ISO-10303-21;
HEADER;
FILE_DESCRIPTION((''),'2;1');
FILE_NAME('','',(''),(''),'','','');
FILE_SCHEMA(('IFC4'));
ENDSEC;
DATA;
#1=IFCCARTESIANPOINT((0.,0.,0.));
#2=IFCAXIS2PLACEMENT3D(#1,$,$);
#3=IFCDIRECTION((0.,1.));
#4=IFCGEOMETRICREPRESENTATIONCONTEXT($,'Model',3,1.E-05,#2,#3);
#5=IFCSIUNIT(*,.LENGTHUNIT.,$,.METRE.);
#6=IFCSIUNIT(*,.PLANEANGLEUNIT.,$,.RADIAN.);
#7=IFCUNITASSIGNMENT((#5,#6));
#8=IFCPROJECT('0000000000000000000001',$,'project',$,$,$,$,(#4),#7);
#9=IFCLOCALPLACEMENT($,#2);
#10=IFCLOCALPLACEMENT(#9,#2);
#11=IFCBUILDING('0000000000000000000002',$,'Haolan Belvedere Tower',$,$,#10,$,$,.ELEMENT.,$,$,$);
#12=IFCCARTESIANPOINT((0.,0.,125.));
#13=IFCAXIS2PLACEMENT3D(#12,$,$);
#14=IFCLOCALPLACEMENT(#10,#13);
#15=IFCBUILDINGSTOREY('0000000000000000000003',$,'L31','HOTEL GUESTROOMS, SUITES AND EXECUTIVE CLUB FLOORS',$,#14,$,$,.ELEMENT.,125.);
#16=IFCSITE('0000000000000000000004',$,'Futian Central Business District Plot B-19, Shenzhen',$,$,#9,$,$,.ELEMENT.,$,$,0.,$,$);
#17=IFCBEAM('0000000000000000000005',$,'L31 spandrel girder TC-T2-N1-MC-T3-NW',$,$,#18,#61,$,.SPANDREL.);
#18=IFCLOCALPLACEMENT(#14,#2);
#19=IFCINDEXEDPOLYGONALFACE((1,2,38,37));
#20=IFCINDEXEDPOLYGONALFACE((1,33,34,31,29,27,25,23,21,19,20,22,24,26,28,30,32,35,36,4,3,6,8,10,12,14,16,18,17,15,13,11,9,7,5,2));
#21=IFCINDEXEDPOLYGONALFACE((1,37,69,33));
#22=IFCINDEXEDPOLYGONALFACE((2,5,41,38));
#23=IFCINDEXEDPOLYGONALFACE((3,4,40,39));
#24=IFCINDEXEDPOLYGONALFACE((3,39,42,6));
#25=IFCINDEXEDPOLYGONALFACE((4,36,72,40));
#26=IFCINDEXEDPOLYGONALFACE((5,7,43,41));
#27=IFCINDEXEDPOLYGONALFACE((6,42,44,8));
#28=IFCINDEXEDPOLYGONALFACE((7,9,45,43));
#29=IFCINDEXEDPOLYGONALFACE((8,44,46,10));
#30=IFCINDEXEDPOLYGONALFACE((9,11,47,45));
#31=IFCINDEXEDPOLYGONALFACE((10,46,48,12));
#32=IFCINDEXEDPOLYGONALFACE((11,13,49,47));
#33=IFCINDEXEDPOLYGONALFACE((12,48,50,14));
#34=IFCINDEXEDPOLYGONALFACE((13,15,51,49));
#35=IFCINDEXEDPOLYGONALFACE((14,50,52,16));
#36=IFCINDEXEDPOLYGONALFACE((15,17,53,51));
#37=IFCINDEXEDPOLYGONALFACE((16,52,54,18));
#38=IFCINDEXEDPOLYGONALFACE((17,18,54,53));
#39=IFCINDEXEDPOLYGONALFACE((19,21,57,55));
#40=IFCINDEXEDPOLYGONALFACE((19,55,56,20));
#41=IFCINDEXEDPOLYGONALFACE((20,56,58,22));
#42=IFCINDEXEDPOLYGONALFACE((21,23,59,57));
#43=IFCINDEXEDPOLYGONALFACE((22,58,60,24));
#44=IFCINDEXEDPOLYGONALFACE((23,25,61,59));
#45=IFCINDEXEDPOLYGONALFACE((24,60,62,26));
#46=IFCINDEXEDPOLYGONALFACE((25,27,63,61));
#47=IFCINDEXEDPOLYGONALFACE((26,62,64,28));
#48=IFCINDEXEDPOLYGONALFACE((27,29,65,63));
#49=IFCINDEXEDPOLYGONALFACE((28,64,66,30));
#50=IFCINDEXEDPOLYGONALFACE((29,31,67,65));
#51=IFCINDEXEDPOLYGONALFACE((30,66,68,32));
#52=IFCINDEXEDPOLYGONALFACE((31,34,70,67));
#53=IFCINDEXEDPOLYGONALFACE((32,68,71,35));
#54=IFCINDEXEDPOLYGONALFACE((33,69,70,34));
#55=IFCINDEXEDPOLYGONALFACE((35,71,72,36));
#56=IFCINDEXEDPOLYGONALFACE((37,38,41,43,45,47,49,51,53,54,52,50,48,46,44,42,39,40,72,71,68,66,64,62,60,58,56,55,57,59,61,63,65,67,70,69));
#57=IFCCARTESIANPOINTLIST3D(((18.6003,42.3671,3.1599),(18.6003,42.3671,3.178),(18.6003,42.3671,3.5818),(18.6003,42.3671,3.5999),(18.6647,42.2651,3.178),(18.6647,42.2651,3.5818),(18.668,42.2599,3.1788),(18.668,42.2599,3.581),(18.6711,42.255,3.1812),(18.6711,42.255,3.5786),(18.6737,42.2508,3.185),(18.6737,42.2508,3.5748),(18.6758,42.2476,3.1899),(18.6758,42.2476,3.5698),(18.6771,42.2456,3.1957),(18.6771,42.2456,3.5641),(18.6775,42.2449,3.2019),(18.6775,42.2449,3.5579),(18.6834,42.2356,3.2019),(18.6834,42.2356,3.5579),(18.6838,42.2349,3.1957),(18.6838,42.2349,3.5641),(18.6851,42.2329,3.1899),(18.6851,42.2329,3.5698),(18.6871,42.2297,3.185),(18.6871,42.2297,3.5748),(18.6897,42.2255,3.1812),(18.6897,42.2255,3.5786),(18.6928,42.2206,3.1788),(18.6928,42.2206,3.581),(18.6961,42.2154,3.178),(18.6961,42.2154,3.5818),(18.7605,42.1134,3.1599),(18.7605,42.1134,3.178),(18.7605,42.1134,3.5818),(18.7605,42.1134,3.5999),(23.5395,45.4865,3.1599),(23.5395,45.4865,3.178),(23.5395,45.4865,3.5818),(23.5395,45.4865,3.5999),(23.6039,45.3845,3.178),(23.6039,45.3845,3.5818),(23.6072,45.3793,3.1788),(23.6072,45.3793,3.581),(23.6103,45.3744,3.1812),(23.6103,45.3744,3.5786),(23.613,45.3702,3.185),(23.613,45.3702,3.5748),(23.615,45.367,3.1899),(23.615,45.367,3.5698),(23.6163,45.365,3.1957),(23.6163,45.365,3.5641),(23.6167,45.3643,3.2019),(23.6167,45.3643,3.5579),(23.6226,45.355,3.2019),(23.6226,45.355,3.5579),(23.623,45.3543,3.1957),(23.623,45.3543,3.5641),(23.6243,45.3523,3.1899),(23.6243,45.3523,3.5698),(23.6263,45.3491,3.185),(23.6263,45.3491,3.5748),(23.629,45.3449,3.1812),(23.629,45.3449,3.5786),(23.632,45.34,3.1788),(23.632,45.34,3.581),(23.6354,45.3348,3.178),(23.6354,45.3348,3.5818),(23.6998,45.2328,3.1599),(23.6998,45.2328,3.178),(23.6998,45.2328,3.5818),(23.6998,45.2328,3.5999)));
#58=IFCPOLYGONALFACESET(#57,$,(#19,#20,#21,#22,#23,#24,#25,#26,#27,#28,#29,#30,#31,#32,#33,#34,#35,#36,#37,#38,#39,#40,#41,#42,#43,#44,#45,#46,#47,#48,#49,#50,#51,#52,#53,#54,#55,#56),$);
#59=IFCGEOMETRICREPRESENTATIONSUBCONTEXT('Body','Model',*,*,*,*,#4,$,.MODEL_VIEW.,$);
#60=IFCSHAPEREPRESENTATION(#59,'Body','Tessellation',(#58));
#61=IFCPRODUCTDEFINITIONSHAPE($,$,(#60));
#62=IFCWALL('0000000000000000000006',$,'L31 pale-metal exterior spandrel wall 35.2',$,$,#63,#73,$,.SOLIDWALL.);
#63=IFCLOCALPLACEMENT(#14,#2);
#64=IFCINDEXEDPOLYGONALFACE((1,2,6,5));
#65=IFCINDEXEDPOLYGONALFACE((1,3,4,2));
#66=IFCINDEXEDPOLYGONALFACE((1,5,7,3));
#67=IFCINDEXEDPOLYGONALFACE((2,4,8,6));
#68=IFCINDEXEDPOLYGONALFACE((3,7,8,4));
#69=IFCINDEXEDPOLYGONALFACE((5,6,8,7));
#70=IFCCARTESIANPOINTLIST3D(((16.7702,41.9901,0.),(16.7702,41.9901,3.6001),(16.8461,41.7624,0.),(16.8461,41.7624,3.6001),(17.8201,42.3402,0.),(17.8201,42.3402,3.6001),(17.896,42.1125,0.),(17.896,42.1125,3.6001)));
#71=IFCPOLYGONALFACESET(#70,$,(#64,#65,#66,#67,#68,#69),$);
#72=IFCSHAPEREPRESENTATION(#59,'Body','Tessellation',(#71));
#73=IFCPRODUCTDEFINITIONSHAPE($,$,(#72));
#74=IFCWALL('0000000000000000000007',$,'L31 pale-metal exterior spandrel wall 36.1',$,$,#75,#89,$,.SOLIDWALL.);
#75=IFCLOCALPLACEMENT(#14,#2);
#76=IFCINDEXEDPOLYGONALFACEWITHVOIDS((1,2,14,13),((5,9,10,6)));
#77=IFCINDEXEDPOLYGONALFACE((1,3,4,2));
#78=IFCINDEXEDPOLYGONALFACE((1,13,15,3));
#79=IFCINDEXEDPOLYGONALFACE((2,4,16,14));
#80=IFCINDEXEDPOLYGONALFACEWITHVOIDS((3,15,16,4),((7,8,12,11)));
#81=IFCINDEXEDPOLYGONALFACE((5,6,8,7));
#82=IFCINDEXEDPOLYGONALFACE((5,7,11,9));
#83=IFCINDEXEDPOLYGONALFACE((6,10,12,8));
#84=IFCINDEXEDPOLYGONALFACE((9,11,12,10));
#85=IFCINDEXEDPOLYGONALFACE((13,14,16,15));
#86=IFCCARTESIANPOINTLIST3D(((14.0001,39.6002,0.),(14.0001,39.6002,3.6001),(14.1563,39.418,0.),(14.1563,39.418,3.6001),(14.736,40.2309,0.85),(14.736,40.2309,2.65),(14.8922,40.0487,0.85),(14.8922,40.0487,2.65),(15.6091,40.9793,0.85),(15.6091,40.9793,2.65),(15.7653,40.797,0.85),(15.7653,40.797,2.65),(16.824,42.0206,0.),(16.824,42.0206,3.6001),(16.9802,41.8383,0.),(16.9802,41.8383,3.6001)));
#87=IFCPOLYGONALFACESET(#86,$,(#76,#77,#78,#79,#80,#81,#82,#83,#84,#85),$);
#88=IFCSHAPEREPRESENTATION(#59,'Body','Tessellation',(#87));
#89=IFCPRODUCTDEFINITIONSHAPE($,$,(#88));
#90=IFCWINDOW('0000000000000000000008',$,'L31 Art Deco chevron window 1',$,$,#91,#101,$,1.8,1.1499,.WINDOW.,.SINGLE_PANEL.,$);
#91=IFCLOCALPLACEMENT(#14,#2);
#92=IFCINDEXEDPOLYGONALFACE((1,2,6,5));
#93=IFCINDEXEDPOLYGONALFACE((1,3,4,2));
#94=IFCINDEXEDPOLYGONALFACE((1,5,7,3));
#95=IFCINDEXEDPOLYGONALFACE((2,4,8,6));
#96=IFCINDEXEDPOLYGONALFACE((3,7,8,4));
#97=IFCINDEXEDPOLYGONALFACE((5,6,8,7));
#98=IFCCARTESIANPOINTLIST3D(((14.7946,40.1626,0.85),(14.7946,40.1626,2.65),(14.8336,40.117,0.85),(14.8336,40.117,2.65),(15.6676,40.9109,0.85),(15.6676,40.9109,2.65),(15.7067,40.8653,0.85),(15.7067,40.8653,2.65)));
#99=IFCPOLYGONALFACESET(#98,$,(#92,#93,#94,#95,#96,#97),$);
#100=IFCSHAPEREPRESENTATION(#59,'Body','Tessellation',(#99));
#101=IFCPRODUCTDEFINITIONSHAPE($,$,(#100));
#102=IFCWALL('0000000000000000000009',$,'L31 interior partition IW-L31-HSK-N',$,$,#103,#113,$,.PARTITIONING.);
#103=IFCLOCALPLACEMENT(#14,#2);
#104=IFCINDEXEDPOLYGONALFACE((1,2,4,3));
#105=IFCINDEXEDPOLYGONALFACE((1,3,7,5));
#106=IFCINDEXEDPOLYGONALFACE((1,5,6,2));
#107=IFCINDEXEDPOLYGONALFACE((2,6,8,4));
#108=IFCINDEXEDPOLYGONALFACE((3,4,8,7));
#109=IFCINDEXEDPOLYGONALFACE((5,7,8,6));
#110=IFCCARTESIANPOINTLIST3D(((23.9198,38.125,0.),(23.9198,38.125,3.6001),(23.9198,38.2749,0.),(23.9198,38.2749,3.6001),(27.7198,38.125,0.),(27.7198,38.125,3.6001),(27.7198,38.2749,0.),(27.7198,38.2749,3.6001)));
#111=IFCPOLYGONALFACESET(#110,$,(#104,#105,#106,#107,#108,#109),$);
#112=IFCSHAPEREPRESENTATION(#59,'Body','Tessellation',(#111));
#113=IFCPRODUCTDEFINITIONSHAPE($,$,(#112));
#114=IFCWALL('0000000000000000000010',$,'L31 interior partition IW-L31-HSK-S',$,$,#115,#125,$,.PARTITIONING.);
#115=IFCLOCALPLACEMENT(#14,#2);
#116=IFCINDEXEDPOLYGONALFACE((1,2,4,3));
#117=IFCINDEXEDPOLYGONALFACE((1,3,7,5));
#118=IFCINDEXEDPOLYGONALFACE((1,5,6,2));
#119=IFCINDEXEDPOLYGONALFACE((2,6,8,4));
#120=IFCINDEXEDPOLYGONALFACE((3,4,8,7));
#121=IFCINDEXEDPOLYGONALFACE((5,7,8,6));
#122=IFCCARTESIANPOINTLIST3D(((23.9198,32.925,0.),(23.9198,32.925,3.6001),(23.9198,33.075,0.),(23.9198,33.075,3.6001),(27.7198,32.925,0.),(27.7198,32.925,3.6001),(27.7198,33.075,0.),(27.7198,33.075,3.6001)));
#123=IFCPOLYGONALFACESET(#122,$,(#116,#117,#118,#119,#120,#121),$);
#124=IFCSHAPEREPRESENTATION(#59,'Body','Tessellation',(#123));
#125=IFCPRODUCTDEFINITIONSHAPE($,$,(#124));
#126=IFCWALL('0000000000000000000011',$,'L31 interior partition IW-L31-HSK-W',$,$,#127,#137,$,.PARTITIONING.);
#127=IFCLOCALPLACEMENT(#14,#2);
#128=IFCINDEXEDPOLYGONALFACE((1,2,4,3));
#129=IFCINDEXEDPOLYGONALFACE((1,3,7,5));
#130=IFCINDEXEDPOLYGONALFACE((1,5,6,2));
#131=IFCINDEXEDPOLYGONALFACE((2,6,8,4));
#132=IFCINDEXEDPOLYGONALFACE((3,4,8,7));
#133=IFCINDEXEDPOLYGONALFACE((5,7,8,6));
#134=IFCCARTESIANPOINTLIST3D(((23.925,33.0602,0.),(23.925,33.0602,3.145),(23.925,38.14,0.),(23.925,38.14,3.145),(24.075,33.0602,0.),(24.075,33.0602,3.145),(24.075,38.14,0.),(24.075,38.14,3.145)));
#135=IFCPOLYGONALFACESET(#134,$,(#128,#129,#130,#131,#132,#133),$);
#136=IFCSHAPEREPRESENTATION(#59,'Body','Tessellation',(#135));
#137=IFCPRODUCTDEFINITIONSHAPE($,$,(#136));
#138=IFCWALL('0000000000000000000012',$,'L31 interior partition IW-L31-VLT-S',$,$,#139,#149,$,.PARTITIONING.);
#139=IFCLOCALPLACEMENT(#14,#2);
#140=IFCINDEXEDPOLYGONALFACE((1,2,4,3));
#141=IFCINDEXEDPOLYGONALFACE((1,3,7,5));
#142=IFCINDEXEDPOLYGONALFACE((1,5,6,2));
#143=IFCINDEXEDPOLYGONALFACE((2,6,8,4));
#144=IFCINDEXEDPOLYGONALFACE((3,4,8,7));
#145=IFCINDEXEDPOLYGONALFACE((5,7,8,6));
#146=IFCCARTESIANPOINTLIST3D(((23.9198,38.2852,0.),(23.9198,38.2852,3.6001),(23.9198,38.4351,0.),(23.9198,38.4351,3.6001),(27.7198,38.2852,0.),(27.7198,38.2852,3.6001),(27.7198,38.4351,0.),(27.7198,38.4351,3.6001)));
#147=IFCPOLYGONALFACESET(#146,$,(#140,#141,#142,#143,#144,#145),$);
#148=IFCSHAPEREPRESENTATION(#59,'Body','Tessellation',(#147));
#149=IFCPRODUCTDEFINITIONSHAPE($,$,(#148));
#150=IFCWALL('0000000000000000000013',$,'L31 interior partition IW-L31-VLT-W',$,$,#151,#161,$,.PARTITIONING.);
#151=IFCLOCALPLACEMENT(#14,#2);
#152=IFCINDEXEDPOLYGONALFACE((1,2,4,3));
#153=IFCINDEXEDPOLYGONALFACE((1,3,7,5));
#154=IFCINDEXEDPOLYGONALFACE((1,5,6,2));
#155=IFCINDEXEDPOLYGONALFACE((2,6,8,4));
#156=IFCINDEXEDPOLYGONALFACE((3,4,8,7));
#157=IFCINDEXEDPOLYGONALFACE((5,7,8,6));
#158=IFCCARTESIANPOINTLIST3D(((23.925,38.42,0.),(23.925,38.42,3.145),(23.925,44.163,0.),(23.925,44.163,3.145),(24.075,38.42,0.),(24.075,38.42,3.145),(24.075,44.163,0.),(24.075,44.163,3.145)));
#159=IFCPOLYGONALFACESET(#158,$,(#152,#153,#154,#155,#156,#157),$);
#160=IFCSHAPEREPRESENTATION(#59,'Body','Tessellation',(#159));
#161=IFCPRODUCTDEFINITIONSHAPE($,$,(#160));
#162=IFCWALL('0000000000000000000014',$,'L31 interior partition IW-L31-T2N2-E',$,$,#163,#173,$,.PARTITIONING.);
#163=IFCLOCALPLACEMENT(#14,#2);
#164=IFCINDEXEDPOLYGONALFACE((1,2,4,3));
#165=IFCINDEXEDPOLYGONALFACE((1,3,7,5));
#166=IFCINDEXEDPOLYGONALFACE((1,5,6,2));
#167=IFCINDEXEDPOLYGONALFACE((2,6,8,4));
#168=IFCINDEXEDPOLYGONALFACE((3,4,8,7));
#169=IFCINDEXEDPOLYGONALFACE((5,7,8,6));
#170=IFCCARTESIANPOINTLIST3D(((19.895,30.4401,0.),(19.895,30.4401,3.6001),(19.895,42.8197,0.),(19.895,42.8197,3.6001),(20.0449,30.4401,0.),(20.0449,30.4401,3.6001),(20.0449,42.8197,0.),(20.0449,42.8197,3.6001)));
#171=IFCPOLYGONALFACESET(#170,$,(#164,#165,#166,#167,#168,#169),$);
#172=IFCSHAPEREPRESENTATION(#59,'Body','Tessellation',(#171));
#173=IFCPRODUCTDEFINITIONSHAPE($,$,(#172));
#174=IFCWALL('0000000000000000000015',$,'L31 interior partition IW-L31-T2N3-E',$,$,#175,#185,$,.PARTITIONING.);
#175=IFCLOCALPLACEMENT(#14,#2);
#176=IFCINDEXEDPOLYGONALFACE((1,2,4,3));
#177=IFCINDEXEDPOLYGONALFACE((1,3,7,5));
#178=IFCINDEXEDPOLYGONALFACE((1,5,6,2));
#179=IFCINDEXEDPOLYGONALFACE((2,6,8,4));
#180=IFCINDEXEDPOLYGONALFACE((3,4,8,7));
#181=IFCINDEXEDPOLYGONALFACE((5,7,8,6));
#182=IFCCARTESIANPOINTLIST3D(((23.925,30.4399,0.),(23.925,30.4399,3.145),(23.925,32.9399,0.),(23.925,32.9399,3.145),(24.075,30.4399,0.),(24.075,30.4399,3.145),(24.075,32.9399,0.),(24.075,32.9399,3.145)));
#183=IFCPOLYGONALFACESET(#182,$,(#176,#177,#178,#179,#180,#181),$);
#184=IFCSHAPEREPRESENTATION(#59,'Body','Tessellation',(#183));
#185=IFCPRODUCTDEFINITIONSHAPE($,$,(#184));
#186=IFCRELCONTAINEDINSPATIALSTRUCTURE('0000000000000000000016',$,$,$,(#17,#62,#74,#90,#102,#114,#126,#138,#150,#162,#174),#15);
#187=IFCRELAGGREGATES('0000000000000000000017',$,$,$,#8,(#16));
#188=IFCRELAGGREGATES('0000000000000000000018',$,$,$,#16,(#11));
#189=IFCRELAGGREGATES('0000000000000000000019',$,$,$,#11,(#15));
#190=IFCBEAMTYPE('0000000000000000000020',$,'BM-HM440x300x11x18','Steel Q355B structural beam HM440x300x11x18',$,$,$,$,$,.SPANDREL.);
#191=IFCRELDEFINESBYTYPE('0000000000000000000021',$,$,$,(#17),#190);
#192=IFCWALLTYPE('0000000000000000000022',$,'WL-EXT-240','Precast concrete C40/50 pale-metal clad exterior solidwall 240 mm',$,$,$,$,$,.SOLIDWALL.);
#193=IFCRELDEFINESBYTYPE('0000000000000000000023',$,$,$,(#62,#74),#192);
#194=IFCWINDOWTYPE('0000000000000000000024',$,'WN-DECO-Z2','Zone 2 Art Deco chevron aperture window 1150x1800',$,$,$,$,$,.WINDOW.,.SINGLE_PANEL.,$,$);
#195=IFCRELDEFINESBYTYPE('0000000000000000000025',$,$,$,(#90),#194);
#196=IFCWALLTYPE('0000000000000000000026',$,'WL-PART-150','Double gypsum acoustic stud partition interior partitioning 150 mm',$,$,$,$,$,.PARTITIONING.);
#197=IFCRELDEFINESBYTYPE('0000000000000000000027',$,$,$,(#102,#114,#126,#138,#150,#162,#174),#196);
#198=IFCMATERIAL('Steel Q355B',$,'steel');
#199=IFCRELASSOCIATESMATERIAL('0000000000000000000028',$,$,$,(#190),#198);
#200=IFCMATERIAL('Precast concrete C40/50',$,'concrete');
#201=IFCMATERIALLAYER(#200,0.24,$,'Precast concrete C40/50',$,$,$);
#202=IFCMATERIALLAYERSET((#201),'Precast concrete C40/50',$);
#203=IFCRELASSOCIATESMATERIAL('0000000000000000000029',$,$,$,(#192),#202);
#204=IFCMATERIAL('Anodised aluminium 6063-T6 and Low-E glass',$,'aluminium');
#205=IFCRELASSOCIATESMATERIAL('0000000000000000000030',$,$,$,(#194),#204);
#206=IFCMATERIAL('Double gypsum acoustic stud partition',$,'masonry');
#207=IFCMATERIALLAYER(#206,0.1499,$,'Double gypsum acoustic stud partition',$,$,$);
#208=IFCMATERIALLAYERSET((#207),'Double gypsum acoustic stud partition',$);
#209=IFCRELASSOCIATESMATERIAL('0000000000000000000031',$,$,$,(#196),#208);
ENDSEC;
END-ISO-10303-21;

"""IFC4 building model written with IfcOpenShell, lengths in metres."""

from ifc_helpers import new_model, si_unit, direction, frame, frame_2d, origin, origin_2d, place, context, subcontext, project, spatial, rectangle, i_section, extrude, material, layer, layer_set, material_profile, profile_set, type_object, element, fill, save


model = new_model("IFC4")

# Units and contexts
model_context = context("Model", 3, precision=1e-05, world=origin(), true_north=direction((0.0, 1.0)))
body_context = subcontext(model_context, "Body", "Model", "MODEL_VIEW")
ifc_project = project(units=[si_unit("LENGTHUNIT", "METRE"), si_unit("PLANEANGLEUNIT", "RADIAN")], contexts=[model_context])

# Site, building, storey
site_placement = place(None, origin())
site = spatial("IfcSite", under=ifc_project, at=site_placement, Name="Futian Central Business District Plot B-19, Shenzhen", CompositionType="ELEMENT", RefElevation=0.0)
building_placement = place(site_placement, origin())
building = spatial("IfcBuilding", under=site, at=building_placement, Name="Haolan Belvedere Tower", CompositionType="ELEMENT")
storey_placement = place(building_placement, frame((0.0, 0.0, 125.0)))
storey = spatial("IfcBuildingStorey", under=building, at=storey_placement, Name="L31", Description="HOTEL GUESTROOMS, SUITES AND EXECUTIVE CLUB FLOORS", CompositionType="ELEMENT", Elevation=125.0)

# Beam
ifc_material_1 = material(Name="Steel Q355B", Category="steel")
ifc_material_profile_1 = material_profile(ifc_material_1, i_section(OverallWidth=0.3, OverallDepth=0.4399, WebThickness=0.011, FlangeThickness=0.0181, FilletRadius=0.0239, at=origin_2d()), Name="Steel Q355B")
ifc_profile_set_1 = profile_set([ifc_material_profile_1], Name="Steel Q355B")
beam_type = type_object("IfcBeamType", Name="BM-HM440x300x11x18", Description="Steel Q355B structural beam HM440x300x11x18", PredefinedType="SPANDREL", material=ifc_profile_set_1)
beam_placement = place(storey_placement, frame((18.6804, 42.2402, 3.3799), z_axis=(0.845498, 0.533979, 0.0), x_axis=(-0.533979, 0.845498, 0.0)))
element("IfcBeam", 1, at=beam_placement, inside=storey, type_object=beam_type, Name="L31 spandrel girder TC-T2-N1-MC-T3-NW", PredefinedType="SPANDREL", context=body_context, shape_type="SweptSolid", body=[
    extrude(i_section(OverallWidth=0.3, OverallDepth=0.4399, WebThickness=0.011, FlangeThickness=0.0181, FilletRadius=0.0239, at=origin_2d()), origin(), (0.0, 0.0, 1.0), 5.8418),
])

# Wall
ifc_material_2 = material(Name="Precast concrete C40/50", Category="concrete")
ifc_layer_1 = layer(ifc_material_2, 0.24, Name="Precast concrete C40/50")
ifc_layer_set_1 = layer_set([ifc_layer_1], Name="Precast concrete C40/50")
wall_type_1 = type_object("IfcWallType", Name="WL-EXT-240", Description="Precast concrete C40/50 pale-metal clad exterior solidwall 240 mm", PredefinedType="SOLIDWALL", material=ifc_layer_set_1)
wall_1_placement = place(storey_placement, frame((17.8579, 42.2263, 0.0), z_axis=(0.0, 0.0, 1.0), x_axis=(-0.948639, -0.31636, 0.0)))
element("IfcWall", 2, at=wall_1_placement, inside=storey, type_object=wall_type_1, Name="L31 pale-metal exterior spandrel wall 35.2", PredefinedType="SOLIDWALL", context=body_context, shape_type="SweptSolid", body=[
    extrude(rectangle(XDim=1.1067, YDim=0.24, at=frame_2d((0.5532, 0.0))), origin(), (0.0, 0.0, 1.0), 3.6001),
])

# Wall, opening, window
wall_2_placement = place(storey_placement, frame((16.9021, 41.9294, 0.0), z_axis=(0.0, 0.0, 1.0), x_axis=(-0.759275, -0.65077, 0.0)))
wall_2 = element("IfcWall", 3, at=wall_2_placement, inside=storey, type_object=wall_type_1, Name="L31 pale-metal exterior spandrel wall 36.1", PredefinedType="SOLIDWALL", context=body_context, shape_type="SweptSolid", body=[
    extrude(rectangle(XDim=3.7192, YDim=0.24, at=frame_2d((1.8596, 0.0))), origin(), (0.0, 0.0, 1.0), 3.6001),
])
opening_1_placement = place(wall_2_placement, frame((1.6001, 0.0, 0.8501)))
opening_1 = element("IfcOpeningElement", 4, at=opening_1_placement, cuts=wall_2, PredefinedType="OPENING", context=body_context, shape_type="SweptSolid", body=[
    extrude(rectangle(XDim=1.1499, YDim=1.8, at=frame_2d((0.575, 0.8999))), frame((0.0, 0.1299, 0.0), z_axis=(0.0, -1.0, 0.0), x_axis=(1.0, 0.0, 0.0)), (0.0, 0.0, 1.0), 0.26),
])
ifc_material_3 = material(Name="Anodised aluminium 6063-T6 and Low-E glass", Category="aluminium")
window_type = type_object("IfcWindowType", Name="WN-DECO-Z2", Description="Zone 2 Art Deco chevron aperture window 1150x1800", PartitioningType="SINGLE_PANEL", PredefinedType="WINDOW", material=ifc_material_3)
window_placement = place(opening_1_placement, origin())
window = element("IfcWindow", 5, at=window_placement, inside=storey, type_object=window_type, Name="L31 Art Deco chevron window 1", OverallHeight=1.8, OverallWidth=1.1499, PartitioningType="SINGLE_PANEL", PredefinedType="WINDOW", context=body_context, shape_type="SweptSolid", body=[
    extrude(rectangle(XDim=1.1499, YDim=1.8, at=frame_2d((0.575, 0.8999))), frame((0.0, 0.03, 0.0), z_axis=(0.0, -1.0, 0.0), x_axis=(1.0, 0.0, 0.0)), (0.0, 0.0, 1.0), 0.0601),
])
fill(opening_1, window)

# Walls
ifc_material_4 = material(Name="Double gypsum acoustic stud partition", Category="masonry")
ifc_layer_2 = layer(ifc_material_4, 0.1499, Name="Double gypsum acoustic stud partition")
ifc_layer_set_2 = layer_set([ifc_layer_2], Name="Double gypsum acoustic stud partition")
wall_type_2 = type_object("IfcWallType", Name="WL-PART-150", Description="Double gypsum acoustic stud partition interior partitioning 150 mm", PredefinedType="PARTITIONING", material=ifc_layer_set_2)
for number, where, z_axis, x_axis, name in (
    (6, (23.9199, 38.2, 0.0), (0.0, 0.0, 1.0), (1.0, 0.0, 0.0), "L31 interior partition IW-L31-HSK-N"),
    (7, (23.9199, 33.0, 0.0), (0.0, 0.0, 1.0), (1.0, 0.0, 0.0), "L31 interior partition IW-L31-HSK-S"),
):
    element("IfcWall", number, at=place(storey_placement, frame(where, z_axis=z_axis, x_axis=x_axis)), inside=storey, type_object=wall_type_2, Name=name, PredefinedType="PARTITIONING", context=body_context, shape_type="SweptSolid", body=[
        extrude(rectangle(XDim=3.8, YDim=0.1499, at=frame_2d((1.8999, 0.0))), origin(), (0.0, 0.0, 1.0), 3.6001),
    ])
wall_3_placement = place(storey_placement, frame((24.0, 33.0601, 0.0), z_axis=(0.0, 0.0, 1.0), x_axis=(0.0, 1.0, 0.0)))
element("IfcWall", 8, at=wall_3_placement, inside=storey, type_object=wall_type_2, Name="L31 interior partition IW-L31-HSK-W", PredefinedType="PARTITIONING", context=body_context, shape_type="SweptSolid", body=[
    extrude(rectangle(XDim=5.0798, YDim=0.1499, at=frame_2d((2.54, 0.0))), origin(), (0.0, 0.0, 1.0), 3.145),
])
wall_4_placement = place(storey_placement, frame((23.9199, 38.3601, 0.0), z_axis=(0.0, 0.0, 1.0), x_axis=(1.0, 0.0, 0.0)))
element("IfcWall", 9, at=wall_4_placement, inside=storey, type_object=wall_type_2, Name="L31 interior partition IW-L31-VLT-S", PredefinedType="PARTITIONING", context=body_context, shape_type="SweptSolid", body=[
    extrude(rectangle(XDim=3.8, YDim=0.1499, at=frame_2d((1.8999, 0.0))), origin(), (0.0, 0.0, 1.0), 3.6001),
])
wall_5_placement = place(storey_placement, frame((24.0, 38.4199, 0.0), z_axis=(0.0, 0.0, 1.0), x_axis=(0.0, 1.0, 0.0)))
element("IfcWall", 10, at=wall_5_placement, inside=storey, type_object=wall_type_2, Name="L31 interior partition IW-L31-VLT-W", PredefinedType="PARTITIONING", context=body_context, shape_type="SweptSolid", body=[
    extrude(rectangle(XDim=5.7429, YDim=0.1499, at=frame_2d((2.8716, 0.0))), origin(), (0.0, 0.0, 1.0), 3.145),
])
wall_6_placement = place(storey_placement, frame((19.97, 30.4399, 0.0), z_axis=(0.0, 0.0, 1.0), x_axis=(0.0, 1.0, 0.0)))
element("IfcWall", 11, at=wall_6_placement, inside=storey, type_object=wall_type_2, Name="L31 interior partition IW-L31-T2N2-E", PredefinedType="PARTITIONING", context=body_context, shape_type="SweptSolid", body=[
    extrude(rectangle(XDim=12.3796, YDim=0.1499, at=frame_2d((6.1899, 0.0))), origin(), (0.0, 0.0, 1.0), 3.6001),
])

# Wall
wall_7_placement = place(storey_placement, frame((24.0, 30.4399, 0.0), z_axis=(0.0, 0.0, 1.0), x_axis=(0.0, 1.0, 0.0)))
element("IfcWall", 12, at=wall_7_placement, inside=storey, type_object=wall_type_2, Name="L31 interior partition IW-L31-T2N3-E", PredefinedType="PARTITIONING", context=body_context, shape_type="SweptSolid", body=[
    extrude(rectangle(XDim=2.5, YDim=0.1499, at=frame_2d((1.25, 0.0))), origin(), (0.0, 0.0, 1.0), 3.145),
])

save(model, "model.ifc")
